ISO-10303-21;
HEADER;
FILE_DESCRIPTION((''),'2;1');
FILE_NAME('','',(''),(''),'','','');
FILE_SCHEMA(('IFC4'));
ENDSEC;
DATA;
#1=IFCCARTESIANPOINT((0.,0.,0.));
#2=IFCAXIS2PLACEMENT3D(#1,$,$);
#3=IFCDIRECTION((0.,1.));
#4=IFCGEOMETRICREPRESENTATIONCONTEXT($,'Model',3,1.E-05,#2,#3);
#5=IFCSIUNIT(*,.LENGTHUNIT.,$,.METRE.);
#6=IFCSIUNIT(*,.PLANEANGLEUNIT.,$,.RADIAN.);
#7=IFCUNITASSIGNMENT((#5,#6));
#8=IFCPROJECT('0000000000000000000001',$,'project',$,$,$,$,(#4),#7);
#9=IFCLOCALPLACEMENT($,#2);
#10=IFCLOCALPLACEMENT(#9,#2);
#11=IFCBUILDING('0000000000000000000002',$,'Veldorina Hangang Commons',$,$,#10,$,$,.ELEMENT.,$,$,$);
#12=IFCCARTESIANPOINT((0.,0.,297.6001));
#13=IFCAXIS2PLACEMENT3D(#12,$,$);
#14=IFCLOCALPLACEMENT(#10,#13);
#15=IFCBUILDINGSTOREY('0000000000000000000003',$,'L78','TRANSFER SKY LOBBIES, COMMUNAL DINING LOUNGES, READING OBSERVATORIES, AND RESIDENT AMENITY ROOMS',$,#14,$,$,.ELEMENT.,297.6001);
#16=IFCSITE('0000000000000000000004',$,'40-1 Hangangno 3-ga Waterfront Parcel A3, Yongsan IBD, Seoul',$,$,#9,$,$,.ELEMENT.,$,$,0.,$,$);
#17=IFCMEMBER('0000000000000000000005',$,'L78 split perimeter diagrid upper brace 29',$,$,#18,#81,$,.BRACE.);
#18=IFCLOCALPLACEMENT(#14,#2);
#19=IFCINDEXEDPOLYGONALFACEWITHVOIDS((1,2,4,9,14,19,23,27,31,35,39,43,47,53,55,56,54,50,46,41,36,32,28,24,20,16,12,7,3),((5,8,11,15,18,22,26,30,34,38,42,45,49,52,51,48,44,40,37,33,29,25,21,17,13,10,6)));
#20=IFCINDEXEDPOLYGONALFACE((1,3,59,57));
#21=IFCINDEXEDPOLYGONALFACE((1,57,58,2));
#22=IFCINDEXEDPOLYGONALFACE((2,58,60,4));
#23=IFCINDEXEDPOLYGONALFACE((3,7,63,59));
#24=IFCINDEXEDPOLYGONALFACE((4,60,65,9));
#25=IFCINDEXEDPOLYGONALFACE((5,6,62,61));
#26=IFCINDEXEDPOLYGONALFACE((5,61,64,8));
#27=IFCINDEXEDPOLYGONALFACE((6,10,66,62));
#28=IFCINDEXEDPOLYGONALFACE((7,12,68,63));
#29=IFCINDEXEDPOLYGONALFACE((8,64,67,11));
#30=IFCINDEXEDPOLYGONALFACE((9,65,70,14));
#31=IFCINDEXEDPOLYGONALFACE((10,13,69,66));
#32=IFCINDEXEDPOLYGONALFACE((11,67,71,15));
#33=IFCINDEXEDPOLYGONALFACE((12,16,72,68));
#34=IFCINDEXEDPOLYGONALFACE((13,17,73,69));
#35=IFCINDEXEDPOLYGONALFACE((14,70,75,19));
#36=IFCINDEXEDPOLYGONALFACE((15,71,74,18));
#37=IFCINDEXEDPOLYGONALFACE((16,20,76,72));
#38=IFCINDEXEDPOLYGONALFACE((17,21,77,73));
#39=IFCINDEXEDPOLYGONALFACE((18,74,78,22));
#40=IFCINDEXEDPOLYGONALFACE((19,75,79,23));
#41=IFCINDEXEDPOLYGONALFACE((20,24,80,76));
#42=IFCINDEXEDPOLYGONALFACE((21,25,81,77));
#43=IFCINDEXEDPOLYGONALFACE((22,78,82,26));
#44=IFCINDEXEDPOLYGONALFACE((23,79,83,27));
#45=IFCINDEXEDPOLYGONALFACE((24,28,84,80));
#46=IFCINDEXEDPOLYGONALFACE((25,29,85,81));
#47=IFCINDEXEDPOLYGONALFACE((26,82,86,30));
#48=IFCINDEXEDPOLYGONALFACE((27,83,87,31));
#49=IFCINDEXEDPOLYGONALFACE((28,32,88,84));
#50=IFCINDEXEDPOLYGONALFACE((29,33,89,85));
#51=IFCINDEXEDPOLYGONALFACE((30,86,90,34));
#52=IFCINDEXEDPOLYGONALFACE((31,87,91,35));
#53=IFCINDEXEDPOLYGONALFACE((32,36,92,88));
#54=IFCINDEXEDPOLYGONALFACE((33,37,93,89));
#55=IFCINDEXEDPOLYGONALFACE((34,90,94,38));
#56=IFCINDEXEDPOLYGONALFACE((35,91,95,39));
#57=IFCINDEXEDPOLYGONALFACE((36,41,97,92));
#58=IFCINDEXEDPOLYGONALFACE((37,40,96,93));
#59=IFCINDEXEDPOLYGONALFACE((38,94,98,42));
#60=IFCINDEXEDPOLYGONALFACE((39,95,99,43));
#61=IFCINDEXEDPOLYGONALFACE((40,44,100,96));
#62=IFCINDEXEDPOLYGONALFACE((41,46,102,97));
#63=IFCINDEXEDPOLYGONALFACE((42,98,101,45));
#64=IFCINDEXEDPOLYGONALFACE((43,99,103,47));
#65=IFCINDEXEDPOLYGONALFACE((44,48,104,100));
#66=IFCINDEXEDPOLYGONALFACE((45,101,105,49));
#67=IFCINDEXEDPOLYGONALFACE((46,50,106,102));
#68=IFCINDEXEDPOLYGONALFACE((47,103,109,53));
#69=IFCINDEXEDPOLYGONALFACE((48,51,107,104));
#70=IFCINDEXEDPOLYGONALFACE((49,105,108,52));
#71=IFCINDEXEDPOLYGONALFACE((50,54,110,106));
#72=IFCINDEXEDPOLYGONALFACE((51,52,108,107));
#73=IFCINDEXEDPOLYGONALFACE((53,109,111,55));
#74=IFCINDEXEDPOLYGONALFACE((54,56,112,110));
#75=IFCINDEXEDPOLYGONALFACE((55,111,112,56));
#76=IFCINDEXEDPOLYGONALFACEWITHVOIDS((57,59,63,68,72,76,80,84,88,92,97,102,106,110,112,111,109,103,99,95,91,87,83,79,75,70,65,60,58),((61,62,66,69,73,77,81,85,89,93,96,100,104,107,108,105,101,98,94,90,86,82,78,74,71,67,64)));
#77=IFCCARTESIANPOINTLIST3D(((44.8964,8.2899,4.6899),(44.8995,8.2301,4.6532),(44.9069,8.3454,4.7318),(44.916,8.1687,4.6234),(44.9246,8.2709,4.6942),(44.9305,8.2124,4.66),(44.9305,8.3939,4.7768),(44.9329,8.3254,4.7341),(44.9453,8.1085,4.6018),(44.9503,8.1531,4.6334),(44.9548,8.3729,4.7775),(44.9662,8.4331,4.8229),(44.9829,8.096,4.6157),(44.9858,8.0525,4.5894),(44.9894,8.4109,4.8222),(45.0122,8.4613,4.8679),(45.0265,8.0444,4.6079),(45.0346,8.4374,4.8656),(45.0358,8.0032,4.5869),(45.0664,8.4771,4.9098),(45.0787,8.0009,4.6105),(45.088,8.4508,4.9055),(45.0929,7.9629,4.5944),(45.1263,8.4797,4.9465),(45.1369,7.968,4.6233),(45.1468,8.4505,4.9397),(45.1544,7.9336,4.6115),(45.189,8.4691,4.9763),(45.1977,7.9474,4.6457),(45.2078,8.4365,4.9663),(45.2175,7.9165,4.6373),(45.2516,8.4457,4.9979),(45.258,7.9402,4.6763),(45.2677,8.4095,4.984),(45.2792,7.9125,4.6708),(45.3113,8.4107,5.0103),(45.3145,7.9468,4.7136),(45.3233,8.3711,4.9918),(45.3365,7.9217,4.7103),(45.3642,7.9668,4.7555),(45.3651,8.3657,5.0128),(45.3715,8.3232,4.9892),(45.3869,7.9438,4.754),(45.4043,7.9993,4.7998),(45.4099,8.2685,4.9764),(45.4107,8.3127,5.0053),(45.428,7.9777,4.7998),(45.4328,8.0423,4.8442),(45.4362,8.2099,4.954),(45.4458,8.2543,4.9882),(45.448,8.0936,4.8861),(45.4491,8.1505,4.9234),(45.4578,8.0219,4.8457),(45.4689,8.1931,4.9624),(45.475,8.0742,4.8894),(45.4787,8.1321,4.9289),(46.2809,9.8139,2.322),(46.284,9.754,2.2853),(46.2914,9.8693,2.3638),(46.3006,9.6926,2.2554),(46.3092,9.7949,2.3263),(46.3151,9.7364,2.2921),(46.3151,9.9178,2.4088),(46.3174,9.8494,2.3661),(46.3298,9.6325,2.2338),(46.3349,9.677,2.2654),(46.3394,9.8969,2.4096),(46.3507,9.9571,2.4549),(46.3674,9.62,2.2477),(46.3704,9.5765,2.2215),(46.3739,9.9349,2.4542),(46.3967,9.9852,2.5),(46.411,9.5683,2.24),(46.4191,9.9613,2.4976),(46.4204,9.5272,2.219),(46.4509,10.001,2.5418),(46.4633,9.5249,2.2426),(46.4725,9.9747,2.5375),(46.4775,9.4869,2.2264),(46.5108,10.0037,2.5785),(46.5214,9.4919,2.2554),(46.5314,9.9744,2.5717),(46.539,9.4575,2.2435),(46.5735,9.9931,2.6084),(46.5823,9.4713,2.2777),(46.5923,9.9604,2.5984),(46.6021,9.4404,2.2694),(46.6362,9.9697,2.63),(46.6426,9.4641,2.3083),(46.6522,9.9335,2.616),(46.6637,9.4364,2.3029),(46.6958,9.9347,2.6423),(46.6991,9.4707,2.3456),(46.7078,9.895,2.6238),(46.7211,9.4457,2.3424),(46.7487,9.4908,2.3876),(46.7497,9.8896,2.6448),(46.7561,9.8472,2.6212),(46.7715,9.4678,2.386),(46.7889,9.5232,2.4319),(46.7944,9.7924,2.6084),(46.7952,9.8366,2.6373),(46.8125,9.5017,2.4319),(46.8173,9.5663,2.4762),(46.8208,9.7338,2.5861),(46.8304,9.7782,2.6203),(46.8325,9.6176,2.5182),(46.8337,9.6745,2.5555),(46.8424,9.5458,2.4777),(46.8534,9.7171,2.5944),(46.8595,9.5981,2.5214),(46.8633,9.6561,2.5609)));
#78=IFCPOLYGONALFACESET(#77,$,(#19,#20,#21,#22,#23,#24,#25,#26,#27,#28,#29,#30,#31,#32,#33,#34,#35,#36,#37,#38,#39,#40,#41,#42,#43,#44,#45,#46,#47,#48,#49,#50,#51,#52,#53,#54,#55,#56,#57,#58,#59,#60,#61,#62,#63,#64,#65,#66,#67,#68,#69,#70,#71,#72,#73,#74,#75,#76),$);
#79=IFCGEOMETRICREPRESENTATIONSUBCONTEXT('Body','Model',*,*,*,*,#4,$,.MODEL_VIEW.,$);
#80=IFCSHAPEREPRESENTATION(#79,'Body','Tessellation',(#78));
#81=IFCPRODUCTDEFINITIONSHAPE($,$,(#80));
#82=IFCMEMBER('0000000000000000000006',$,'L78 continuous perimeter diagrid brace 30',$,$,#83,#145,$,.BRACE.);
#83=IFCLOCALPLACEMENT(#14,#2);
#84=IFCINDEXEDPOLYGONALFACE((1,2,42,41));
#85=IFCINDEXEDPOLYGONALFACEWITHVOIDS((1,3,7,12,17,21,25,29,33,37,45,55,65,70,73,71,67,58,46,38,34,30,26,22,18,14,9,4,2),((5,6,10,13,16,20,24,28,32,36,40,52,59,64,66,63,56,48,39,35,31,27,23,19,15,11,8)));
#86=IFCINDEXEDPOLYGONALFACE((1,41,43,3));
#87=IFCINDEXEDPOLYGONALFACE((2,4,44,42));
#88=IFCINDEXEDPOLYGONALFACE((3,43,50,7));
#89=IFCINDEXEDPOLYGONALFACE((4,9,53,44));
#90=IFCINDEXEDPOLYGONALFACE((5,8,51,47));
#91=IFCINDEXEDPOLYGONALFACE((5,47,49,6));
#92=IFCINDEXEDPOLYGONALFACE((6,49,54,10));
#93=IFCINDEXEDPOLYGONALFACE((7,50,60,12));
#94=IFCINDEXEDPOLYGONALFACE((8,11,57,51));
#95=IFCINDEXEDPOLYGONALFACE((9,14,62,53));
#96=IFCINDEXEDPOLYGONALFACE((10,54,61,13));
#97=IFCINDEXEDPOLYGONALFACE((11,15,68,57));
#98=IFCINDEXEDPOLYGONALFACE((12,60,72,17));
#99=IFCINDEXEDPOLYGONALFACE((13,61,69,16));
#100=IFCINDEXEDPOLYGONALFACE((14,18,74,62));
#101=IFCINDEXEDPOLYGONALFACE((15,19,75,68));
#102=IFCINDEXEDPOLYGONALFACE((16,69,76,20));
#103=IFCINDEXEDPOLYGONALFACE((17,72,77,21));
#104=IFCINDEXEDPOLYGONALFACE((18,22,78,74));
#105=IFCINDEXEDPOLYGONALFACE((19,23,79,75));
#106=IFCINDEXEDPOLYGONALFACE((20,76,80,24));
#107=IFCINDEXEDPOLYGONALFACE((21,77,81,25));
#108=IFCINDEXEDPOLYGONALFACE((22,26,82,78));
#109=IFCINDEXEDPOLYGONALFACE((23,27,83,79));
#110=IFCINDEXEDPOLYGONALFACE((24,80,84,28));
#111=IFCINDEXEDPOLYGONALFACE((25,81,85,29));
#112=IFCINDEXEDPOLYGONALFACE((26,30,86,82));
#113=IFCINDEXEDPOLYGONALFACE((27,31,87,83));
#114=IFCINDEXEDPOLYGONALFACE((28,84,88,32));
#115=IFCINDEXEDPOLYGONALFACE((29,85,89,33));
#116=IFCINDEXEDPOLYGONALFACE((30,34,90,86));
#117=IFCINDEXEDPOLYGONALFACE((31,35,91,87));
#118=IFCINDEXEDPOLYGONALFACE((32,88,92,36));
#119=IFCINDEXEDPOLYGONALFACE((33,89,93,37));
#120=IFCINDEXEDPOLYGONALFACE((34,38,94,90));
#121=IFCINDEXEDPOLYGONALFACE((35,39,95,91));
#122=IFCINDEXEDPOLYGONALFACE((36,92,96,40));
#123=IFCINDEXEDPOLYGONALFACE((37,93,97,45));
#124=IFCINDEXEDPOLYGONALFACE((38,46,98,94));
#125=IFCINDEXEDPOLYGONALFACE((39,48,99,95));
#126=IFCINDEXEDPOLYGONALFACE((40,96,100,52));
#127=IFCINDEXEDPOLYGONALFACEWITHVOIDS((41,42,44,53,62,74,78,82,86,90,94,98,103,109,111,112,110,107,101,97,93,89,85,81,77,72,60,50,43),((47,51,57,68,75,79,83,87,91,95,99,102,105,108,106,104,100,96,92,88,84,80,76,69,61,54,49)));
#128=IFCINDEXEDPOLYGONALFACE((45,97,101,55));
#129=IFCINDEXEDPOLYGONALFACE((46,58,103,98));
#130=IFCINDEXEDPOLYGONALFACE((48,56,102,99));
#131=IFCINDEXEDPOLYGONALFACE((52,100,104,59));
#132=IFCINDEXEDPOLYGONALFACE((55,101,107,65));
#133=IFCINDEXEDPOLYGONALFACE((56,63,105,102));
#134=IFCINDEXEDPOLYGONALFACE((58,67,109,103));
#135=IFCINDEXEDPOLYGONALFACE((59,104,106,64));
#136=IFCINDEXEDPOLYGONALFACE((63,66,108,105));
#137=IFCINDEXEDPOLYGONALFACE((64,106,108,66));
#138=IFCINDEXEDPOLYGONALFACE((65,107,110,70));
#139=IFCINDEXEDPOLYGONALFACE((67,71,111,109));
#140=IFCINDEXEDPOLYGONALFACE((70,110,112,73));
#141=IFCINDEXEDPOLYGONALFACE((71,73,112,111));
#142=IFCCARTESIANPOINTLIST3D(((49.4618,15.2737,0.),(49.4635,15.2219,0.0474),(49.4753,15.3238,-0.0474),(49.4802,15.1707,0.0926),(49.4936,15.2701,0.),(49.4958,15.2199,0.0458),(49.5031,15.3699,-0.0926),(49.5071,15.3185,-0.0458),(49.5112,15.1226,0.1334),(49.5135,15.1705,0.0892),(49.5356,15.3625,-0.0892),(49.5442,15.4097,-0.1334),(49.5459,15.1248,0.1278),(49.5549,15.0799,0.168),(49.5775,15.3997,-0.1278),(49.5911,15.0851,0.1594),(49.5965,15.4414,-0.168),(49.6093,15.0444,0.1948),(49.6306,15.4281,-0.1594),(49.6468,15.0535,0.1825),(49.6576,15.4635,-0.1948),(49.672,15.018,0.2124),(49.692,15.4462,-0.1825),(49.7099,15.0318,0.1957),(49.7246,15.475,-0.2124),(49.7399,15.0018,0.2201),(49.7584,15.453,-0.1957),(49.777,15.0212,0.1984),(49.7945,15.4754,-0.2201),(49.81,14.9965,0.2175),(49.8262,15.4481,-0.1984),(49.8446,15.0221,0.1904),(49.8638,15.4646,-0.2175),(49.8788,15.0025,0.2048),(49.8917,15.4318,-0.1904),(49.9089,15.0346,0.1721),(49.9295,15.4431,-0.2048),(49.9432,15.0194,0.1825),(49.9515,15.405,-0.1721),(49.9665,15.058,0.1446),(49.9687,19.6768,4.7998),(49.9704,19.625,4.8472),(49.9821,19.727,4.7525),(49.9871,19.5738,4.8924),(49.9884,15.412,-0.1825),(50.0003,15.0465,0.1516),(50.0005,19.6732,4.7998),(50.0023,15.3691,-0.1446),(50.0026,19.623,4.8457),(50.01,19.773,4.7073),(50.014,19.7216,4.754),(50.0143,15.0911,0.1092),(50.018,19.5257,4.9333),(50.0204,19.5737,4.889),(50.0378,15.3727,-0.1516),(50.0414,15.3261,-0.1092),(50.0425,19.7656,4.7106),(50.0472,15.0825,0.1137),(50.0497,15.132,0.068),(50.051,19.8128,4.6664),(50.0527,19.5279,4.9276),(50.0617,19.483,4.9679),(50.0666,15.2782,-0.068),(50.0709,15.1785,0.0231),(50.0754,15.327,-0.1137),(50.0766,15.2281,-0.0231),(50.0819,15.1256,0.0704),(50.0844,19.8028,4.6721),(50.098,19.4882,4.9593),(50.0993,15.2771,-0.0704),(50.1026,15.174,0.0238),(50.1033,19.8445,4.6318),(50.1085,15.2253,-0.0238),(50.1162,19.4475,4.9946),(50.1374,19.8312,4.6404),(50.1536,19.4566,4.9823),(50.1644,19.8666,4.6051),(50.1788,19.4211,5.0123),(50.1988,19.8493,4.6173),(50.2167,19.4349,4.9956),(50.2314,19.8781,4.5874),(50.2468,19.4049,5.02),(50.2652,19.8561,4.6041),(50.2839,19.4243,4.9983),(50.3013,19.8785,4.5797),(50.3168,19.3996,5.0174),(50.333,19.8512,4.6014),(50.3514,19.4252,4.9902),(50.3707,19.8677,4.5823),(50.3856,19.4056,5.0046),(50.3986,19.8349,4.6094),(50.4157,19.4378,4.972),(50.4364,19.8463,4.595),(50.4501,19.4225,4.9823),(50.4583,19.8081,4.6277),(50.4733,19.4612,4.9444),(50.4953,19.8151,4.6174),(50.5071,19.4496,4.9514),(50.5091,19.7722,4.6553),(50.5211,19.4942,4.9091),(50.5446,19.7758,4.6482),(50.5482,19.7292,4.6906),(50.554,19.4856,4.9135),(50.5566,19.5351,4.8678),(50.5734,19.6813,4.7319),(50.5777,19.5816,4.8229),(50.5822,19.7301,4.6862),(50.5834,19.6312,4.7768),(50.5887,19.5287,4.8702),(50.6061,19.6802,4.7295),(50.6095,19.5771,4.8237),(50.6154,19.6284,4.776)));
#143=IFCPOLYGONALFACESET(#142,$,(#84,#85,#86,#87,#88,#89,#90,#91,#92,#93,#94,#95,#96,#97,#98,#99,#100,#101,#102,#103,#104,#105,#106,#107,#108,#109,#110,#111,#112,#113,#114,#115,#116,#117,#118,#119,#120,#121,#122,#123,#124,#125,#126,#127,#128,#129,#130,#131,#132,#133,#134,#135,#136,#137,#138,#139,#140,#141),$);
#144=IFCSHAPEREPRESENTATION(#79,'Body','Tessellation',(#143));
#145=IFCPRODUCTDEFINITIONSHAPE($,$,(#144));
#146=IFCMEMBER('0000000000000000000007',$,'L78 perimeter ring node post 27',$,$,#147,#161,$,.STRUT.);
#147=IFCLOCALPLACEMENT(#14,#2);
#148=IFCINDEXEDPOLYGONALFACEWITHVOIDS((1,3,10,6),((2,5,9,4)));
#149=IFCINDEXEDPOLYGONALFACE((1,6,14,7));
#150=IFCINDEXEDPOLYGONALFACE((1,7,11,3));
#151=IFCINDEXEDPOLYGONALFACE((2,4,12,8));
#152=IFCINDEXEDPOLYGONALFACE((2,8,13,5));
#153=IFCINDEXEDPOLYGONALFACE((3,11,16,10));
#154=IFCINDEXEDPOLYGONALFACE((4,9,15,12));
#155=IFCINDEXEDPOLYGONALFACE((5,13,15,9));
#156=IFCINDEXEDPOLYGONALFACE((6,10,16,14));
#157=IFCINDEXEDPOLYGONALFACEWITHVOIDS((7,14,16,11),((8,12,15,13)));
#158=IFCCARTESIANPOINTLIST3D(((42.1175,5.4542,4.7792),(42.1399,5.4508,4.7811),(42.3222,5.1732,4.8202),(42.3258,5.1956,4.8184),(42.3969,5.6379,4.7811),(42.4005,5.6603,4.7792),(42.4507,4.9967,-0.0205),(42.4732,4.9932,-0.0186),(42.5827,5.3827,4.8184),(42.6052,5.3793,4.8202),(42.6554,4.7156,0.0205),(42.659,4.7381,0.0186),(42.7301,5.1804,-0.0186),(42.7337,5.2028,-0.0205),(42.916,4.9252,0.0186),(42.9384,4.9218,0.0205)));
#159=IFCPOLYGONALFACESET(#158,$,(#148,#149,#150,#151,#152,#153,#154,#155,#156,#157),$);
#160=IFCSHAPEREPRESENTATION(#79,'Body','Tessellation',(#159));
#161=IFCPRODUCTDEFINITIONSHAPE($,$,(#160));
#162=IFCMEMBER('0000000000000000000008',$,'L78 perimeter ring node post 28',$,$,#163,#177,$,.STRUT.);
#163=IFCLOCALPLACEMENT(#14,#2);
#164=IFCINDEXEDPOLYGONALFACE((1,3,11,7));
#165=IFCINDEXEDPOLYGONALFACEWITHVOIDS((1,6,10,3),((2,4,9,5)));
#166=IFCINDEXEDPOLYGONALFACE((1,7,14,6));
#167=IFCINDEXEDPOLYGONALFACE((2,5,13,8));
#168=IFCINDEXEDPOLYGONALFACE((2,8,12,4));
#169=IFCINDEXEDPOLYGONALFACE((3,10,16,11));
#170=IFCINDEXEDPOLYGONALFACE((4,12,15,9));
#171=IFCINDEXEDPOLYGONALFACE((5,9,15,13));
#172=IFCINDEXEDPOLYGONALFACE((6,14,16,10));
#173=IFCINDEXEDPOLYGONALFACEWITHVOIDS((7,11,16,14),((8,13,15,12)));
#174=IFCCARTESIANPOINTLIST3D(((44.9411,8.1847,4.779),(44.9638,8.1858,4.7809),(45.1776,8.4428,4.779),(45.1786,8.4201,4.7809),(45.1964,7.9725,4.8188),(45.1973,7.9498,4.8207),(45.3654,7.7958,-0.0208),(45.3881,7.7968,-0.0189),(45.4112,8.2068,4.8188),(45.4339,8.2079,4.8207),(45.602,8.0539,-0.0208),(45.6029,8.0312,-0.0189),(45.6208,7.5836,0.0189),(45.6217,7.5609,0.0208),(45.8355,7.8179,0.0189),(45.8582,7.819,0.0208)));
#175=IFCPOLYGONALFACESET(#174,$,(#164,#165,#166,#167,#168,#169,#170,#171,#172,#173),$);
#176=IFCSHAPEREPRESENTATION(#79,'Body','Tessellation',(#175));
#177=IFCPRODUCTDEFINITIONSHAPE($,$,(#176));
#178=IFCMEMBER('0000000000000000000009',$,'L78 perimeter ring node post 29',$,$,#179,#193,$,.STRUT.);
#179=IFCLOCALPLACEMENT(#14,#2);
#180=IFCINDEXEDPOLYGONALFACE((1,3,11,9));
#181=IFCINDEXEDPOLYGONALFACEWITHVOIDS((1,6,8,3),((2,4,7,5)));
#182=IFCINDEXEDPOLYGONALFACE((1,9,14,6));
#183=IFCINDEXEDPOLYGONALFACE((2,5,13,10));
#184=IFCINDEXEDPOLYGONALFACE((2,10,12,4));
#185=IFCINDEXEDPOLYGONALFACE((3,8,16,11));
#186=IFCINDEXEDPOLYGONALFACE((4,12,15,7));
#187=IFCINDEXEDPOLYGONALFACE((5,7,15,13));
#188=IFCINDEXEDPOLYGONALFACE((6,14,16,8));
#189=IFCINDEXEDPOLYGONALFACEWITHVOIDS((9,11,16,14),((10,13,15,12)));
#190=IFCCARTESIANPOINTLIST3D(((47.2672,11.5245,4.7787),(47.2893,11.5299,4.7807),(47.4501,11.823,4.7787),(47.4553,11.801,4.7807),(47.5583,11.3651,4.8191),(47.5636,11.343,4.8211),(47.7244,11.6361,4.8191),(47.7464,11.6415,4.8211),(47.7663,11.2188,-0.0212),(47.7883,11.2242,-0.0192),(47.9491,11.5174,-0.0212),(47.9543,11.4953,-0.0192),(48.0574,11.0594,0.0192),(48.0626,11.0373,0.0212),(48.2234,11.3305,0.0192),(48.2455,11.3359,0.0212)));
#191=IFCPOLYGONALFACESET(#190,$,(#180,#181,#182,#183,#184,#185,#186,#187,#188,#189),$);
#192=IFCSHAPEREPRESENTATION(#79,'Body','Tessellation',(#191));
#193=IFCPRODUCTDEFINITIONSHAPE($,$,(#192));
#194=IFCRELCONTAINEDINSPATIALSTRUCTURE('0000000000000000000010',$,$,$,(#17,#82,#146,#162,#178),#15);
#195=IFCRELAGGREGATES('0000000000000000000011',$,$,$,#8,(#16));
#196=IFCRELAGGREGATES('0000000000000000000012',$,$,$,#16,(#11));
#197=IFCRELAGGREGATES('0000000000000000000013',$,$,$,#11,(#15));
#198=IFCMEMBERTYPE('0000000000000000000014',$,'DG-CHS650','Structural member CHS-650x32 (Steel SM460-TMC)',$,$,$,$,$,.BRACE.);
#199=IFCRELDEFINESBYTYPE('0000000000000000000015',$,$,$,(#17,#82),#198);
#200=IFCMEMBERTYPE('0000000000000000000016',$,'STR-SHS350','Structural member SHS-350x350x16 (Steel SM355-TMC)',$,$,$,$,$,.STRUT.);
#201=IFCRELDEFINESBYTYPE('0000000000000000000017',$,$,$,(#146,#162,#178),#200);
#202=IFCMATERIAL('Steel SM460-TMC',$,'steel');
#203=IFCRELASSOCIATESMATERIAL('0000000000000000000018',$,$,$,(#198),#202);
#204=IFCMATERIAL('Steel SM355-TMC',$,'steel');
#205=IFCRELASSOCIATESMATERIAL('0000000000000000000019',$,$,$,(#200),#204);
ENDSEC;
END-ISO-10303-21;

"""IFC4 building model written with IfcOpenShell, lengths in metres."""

from ifc_helpers import new_model, si_unit, direction, frame, origin, origin_2d, place, context, subcontext, project, spatial, hollow_rectangle, hollow_circle, extrude, material, material_profile, profile_set, type_object, element, save


model = new_model("IFC4")

# Units and contexts
model_context = context("Model", 3, precision=1e-05, world=origin(), true_north=direction((0.0, 1.0)))
body_context = subcontext(model_context, "Body", "Model", "MODEL_VIEW")
ifc_project = project(units=[si_unit("LENGTHUNIT", "METRE"), si_unit("PLANEANGLEUNIT", "RADIAN")], contexts=[model_context])

# Site, building, storey
site_placement = place(None, origin())
site = spatial("IfcSite", under=ifc_project, at=site_placement, Name="40-1 Hangangno 3-ga Waterfront Parcel A3, Yongsan IBD, Seoul", CompositionType="ELEMENT", RefElevation=0.0)
building_placement = place(site_placement, origin())
building = spatial("IfcBuilding", under=site, at=building_placement, Name="Veldorina Hangang Commons", CompositionType="ELEMENT")
storey_placement = place(building_placement, frame((0.0, 0.0, 297.6001)))
storey = spatial("IfcBuildingStorey", under=building, at=storey_placement, Name="L78", Description="TRANSFER SKY LOBBIES, COMMUNAL DINING LOUNGES, READING OBSERVATORIES, AND RESIDENT AMENITY ROOMS", CompositionType="ELEMENT", Elevation=297.6001)

# Shared definitions
ifc_material_1 = material(Name="Steel SM460-TMC", Category="steel")
ifc_material_2 = material(Name="Steel SM355-TMC", Category="steel")

# Members
ifc_material_profile_1 = material_profile(ifc_material_1, hollow_circle(Radius=0.325, WallThickness=0.032, at=origin_2d()), Name="CHS-650x32")
ifc_profile_set_1 = profile_set([ifc_material_profile_1], Name="Steel SM460-TMC")
member_type_1 = type_object("IfcMemberType", Name="DG-CHS650", Description="Structural member CHS-650x32 (Steel SM460-TMC)", PredefinedType="BRACE", material=ifc_profile_set_1)
member_1_placement = place(storey_placement, frame((46.572, 9.7202, 2.4319), z_axis=(-0.441228, -0.485654, 0.754624), x_axis=(0.740149, -0.672443, 0.0)))
element("IfcMember", 1, at=member_1_placement, inside=storey, type_object=member_type_1, Name="L78 split perimeter diagrid upper brace 29", PredefinedType="BRACE", context=body_context, shape_type="SweptSolid", body=[
    extrude(hollow_circle(Radius=0.325, WallThickness=0.032, at=origin_2d()), origin(), (0.0, 0.0, 1.0), 3.1379),
])
member_2_placement = place(storey_placement, frame((49.7847, 15.2366, 0.0), z_axis=(0.077579, 0.673959, 0.734684), x_axis=(-0.99344, 0.114354, 0.0)))
element("IfcMember", 2, at=member_2_placement, inside=storey, type_object=member_type_1, Name="L78 continuous perimeter diagrid brace 30", PredefinedType="BRACE", context=body_context, shape_type="SweptSolid", body=[
    extrude(hollow_circle(Radius=0.325, WallThickness=0.032, at=origin_2d()), origin(), (0.0, 0.0, 1.0), 6.5332),
])
ifc_material_profile_2 = material_profile(ifc_material_2, hollow_rectangle(XDim=0.3501, YDim=0.3501, WallThickness=0.0161, at=origin_2d()), Name="SHS-350x350x16")
ifc_profile_set_2 = profile_set([ifc_material_profile_2], Name="Steel SM355-TMC")
member_type_2 = type_object("IfcMemberType", Name="STR-SHS350", Description="Structural member SHS-350x350x16 (Steel SM355-TMC)", PredefinedType="STRUT", material=ifc_profile_set_2)
member_3_placement = place(storey_placement, frame((42.6946, 4.9592, 0.0), z_axis=(-0.068953, 0.094664, 0.993118), x_axis=(-0.808307, -0.588761, 0.0)))
element("IfcMember", 3, at=member_3_placement, inside=storey, type_object=member_type_2, Name="L78 perimeter ring node post 27", PredefinedType="STRUT", context=body_context, shape_type="SweptSolid", body=[
    extrude(hollow_rectangle(XDim=0.3501, YDim=0.3501, WallThickness=0.0161, at=origin_2d()), origin(), (0.0, 0.0, 1.0), 4.833),
])
member_4_placement = place(storey_placement, frame((45.6118, 7.8074, 0.0), z_axis=(-0.087774, 0.080451, 0.992886), x_axis=(-0.675686, -0.737189, 0.0)))
element("IfcMember", 4, at=member_4_placement, inside=storey, type_object=member_type_2, Name="L78 perimeter ring node post 28", PredefinedType="STRUT", context=body_context, shape_type="SweptSolid", body=[
    extrude(hollow_rectangle(XDim=0.3501, YDim=0.3501, WallThickness=0.0161, at=origin_2d()), origin(), (0.0, 0.0, 1.0), 4.8342),
])
member_5_placement = place(storey_placement, frame((48.0059, 11.2773, 0.0), z_axis=(-0.103203, 0.063215, 0.992649), x_axis=(-0.522327, -0.852745, 0.0)))
element("IfcMember", 5, at=member_5_placement, inside=storey, type_object=member_type_2, Name="L78 perimeter ring node post 29", PredefinedType="STRUT", context=body_context, shape_type="SweptSolid", body=[
    extrude(hollow_rectangle(XDim=0.3501, YDim=0.3501, WallThickness=0.0161, at=origin_2d()), origin(), (0.0, 0.0, 1.0), 4.8354),
])

save(model, "model.ifc")
